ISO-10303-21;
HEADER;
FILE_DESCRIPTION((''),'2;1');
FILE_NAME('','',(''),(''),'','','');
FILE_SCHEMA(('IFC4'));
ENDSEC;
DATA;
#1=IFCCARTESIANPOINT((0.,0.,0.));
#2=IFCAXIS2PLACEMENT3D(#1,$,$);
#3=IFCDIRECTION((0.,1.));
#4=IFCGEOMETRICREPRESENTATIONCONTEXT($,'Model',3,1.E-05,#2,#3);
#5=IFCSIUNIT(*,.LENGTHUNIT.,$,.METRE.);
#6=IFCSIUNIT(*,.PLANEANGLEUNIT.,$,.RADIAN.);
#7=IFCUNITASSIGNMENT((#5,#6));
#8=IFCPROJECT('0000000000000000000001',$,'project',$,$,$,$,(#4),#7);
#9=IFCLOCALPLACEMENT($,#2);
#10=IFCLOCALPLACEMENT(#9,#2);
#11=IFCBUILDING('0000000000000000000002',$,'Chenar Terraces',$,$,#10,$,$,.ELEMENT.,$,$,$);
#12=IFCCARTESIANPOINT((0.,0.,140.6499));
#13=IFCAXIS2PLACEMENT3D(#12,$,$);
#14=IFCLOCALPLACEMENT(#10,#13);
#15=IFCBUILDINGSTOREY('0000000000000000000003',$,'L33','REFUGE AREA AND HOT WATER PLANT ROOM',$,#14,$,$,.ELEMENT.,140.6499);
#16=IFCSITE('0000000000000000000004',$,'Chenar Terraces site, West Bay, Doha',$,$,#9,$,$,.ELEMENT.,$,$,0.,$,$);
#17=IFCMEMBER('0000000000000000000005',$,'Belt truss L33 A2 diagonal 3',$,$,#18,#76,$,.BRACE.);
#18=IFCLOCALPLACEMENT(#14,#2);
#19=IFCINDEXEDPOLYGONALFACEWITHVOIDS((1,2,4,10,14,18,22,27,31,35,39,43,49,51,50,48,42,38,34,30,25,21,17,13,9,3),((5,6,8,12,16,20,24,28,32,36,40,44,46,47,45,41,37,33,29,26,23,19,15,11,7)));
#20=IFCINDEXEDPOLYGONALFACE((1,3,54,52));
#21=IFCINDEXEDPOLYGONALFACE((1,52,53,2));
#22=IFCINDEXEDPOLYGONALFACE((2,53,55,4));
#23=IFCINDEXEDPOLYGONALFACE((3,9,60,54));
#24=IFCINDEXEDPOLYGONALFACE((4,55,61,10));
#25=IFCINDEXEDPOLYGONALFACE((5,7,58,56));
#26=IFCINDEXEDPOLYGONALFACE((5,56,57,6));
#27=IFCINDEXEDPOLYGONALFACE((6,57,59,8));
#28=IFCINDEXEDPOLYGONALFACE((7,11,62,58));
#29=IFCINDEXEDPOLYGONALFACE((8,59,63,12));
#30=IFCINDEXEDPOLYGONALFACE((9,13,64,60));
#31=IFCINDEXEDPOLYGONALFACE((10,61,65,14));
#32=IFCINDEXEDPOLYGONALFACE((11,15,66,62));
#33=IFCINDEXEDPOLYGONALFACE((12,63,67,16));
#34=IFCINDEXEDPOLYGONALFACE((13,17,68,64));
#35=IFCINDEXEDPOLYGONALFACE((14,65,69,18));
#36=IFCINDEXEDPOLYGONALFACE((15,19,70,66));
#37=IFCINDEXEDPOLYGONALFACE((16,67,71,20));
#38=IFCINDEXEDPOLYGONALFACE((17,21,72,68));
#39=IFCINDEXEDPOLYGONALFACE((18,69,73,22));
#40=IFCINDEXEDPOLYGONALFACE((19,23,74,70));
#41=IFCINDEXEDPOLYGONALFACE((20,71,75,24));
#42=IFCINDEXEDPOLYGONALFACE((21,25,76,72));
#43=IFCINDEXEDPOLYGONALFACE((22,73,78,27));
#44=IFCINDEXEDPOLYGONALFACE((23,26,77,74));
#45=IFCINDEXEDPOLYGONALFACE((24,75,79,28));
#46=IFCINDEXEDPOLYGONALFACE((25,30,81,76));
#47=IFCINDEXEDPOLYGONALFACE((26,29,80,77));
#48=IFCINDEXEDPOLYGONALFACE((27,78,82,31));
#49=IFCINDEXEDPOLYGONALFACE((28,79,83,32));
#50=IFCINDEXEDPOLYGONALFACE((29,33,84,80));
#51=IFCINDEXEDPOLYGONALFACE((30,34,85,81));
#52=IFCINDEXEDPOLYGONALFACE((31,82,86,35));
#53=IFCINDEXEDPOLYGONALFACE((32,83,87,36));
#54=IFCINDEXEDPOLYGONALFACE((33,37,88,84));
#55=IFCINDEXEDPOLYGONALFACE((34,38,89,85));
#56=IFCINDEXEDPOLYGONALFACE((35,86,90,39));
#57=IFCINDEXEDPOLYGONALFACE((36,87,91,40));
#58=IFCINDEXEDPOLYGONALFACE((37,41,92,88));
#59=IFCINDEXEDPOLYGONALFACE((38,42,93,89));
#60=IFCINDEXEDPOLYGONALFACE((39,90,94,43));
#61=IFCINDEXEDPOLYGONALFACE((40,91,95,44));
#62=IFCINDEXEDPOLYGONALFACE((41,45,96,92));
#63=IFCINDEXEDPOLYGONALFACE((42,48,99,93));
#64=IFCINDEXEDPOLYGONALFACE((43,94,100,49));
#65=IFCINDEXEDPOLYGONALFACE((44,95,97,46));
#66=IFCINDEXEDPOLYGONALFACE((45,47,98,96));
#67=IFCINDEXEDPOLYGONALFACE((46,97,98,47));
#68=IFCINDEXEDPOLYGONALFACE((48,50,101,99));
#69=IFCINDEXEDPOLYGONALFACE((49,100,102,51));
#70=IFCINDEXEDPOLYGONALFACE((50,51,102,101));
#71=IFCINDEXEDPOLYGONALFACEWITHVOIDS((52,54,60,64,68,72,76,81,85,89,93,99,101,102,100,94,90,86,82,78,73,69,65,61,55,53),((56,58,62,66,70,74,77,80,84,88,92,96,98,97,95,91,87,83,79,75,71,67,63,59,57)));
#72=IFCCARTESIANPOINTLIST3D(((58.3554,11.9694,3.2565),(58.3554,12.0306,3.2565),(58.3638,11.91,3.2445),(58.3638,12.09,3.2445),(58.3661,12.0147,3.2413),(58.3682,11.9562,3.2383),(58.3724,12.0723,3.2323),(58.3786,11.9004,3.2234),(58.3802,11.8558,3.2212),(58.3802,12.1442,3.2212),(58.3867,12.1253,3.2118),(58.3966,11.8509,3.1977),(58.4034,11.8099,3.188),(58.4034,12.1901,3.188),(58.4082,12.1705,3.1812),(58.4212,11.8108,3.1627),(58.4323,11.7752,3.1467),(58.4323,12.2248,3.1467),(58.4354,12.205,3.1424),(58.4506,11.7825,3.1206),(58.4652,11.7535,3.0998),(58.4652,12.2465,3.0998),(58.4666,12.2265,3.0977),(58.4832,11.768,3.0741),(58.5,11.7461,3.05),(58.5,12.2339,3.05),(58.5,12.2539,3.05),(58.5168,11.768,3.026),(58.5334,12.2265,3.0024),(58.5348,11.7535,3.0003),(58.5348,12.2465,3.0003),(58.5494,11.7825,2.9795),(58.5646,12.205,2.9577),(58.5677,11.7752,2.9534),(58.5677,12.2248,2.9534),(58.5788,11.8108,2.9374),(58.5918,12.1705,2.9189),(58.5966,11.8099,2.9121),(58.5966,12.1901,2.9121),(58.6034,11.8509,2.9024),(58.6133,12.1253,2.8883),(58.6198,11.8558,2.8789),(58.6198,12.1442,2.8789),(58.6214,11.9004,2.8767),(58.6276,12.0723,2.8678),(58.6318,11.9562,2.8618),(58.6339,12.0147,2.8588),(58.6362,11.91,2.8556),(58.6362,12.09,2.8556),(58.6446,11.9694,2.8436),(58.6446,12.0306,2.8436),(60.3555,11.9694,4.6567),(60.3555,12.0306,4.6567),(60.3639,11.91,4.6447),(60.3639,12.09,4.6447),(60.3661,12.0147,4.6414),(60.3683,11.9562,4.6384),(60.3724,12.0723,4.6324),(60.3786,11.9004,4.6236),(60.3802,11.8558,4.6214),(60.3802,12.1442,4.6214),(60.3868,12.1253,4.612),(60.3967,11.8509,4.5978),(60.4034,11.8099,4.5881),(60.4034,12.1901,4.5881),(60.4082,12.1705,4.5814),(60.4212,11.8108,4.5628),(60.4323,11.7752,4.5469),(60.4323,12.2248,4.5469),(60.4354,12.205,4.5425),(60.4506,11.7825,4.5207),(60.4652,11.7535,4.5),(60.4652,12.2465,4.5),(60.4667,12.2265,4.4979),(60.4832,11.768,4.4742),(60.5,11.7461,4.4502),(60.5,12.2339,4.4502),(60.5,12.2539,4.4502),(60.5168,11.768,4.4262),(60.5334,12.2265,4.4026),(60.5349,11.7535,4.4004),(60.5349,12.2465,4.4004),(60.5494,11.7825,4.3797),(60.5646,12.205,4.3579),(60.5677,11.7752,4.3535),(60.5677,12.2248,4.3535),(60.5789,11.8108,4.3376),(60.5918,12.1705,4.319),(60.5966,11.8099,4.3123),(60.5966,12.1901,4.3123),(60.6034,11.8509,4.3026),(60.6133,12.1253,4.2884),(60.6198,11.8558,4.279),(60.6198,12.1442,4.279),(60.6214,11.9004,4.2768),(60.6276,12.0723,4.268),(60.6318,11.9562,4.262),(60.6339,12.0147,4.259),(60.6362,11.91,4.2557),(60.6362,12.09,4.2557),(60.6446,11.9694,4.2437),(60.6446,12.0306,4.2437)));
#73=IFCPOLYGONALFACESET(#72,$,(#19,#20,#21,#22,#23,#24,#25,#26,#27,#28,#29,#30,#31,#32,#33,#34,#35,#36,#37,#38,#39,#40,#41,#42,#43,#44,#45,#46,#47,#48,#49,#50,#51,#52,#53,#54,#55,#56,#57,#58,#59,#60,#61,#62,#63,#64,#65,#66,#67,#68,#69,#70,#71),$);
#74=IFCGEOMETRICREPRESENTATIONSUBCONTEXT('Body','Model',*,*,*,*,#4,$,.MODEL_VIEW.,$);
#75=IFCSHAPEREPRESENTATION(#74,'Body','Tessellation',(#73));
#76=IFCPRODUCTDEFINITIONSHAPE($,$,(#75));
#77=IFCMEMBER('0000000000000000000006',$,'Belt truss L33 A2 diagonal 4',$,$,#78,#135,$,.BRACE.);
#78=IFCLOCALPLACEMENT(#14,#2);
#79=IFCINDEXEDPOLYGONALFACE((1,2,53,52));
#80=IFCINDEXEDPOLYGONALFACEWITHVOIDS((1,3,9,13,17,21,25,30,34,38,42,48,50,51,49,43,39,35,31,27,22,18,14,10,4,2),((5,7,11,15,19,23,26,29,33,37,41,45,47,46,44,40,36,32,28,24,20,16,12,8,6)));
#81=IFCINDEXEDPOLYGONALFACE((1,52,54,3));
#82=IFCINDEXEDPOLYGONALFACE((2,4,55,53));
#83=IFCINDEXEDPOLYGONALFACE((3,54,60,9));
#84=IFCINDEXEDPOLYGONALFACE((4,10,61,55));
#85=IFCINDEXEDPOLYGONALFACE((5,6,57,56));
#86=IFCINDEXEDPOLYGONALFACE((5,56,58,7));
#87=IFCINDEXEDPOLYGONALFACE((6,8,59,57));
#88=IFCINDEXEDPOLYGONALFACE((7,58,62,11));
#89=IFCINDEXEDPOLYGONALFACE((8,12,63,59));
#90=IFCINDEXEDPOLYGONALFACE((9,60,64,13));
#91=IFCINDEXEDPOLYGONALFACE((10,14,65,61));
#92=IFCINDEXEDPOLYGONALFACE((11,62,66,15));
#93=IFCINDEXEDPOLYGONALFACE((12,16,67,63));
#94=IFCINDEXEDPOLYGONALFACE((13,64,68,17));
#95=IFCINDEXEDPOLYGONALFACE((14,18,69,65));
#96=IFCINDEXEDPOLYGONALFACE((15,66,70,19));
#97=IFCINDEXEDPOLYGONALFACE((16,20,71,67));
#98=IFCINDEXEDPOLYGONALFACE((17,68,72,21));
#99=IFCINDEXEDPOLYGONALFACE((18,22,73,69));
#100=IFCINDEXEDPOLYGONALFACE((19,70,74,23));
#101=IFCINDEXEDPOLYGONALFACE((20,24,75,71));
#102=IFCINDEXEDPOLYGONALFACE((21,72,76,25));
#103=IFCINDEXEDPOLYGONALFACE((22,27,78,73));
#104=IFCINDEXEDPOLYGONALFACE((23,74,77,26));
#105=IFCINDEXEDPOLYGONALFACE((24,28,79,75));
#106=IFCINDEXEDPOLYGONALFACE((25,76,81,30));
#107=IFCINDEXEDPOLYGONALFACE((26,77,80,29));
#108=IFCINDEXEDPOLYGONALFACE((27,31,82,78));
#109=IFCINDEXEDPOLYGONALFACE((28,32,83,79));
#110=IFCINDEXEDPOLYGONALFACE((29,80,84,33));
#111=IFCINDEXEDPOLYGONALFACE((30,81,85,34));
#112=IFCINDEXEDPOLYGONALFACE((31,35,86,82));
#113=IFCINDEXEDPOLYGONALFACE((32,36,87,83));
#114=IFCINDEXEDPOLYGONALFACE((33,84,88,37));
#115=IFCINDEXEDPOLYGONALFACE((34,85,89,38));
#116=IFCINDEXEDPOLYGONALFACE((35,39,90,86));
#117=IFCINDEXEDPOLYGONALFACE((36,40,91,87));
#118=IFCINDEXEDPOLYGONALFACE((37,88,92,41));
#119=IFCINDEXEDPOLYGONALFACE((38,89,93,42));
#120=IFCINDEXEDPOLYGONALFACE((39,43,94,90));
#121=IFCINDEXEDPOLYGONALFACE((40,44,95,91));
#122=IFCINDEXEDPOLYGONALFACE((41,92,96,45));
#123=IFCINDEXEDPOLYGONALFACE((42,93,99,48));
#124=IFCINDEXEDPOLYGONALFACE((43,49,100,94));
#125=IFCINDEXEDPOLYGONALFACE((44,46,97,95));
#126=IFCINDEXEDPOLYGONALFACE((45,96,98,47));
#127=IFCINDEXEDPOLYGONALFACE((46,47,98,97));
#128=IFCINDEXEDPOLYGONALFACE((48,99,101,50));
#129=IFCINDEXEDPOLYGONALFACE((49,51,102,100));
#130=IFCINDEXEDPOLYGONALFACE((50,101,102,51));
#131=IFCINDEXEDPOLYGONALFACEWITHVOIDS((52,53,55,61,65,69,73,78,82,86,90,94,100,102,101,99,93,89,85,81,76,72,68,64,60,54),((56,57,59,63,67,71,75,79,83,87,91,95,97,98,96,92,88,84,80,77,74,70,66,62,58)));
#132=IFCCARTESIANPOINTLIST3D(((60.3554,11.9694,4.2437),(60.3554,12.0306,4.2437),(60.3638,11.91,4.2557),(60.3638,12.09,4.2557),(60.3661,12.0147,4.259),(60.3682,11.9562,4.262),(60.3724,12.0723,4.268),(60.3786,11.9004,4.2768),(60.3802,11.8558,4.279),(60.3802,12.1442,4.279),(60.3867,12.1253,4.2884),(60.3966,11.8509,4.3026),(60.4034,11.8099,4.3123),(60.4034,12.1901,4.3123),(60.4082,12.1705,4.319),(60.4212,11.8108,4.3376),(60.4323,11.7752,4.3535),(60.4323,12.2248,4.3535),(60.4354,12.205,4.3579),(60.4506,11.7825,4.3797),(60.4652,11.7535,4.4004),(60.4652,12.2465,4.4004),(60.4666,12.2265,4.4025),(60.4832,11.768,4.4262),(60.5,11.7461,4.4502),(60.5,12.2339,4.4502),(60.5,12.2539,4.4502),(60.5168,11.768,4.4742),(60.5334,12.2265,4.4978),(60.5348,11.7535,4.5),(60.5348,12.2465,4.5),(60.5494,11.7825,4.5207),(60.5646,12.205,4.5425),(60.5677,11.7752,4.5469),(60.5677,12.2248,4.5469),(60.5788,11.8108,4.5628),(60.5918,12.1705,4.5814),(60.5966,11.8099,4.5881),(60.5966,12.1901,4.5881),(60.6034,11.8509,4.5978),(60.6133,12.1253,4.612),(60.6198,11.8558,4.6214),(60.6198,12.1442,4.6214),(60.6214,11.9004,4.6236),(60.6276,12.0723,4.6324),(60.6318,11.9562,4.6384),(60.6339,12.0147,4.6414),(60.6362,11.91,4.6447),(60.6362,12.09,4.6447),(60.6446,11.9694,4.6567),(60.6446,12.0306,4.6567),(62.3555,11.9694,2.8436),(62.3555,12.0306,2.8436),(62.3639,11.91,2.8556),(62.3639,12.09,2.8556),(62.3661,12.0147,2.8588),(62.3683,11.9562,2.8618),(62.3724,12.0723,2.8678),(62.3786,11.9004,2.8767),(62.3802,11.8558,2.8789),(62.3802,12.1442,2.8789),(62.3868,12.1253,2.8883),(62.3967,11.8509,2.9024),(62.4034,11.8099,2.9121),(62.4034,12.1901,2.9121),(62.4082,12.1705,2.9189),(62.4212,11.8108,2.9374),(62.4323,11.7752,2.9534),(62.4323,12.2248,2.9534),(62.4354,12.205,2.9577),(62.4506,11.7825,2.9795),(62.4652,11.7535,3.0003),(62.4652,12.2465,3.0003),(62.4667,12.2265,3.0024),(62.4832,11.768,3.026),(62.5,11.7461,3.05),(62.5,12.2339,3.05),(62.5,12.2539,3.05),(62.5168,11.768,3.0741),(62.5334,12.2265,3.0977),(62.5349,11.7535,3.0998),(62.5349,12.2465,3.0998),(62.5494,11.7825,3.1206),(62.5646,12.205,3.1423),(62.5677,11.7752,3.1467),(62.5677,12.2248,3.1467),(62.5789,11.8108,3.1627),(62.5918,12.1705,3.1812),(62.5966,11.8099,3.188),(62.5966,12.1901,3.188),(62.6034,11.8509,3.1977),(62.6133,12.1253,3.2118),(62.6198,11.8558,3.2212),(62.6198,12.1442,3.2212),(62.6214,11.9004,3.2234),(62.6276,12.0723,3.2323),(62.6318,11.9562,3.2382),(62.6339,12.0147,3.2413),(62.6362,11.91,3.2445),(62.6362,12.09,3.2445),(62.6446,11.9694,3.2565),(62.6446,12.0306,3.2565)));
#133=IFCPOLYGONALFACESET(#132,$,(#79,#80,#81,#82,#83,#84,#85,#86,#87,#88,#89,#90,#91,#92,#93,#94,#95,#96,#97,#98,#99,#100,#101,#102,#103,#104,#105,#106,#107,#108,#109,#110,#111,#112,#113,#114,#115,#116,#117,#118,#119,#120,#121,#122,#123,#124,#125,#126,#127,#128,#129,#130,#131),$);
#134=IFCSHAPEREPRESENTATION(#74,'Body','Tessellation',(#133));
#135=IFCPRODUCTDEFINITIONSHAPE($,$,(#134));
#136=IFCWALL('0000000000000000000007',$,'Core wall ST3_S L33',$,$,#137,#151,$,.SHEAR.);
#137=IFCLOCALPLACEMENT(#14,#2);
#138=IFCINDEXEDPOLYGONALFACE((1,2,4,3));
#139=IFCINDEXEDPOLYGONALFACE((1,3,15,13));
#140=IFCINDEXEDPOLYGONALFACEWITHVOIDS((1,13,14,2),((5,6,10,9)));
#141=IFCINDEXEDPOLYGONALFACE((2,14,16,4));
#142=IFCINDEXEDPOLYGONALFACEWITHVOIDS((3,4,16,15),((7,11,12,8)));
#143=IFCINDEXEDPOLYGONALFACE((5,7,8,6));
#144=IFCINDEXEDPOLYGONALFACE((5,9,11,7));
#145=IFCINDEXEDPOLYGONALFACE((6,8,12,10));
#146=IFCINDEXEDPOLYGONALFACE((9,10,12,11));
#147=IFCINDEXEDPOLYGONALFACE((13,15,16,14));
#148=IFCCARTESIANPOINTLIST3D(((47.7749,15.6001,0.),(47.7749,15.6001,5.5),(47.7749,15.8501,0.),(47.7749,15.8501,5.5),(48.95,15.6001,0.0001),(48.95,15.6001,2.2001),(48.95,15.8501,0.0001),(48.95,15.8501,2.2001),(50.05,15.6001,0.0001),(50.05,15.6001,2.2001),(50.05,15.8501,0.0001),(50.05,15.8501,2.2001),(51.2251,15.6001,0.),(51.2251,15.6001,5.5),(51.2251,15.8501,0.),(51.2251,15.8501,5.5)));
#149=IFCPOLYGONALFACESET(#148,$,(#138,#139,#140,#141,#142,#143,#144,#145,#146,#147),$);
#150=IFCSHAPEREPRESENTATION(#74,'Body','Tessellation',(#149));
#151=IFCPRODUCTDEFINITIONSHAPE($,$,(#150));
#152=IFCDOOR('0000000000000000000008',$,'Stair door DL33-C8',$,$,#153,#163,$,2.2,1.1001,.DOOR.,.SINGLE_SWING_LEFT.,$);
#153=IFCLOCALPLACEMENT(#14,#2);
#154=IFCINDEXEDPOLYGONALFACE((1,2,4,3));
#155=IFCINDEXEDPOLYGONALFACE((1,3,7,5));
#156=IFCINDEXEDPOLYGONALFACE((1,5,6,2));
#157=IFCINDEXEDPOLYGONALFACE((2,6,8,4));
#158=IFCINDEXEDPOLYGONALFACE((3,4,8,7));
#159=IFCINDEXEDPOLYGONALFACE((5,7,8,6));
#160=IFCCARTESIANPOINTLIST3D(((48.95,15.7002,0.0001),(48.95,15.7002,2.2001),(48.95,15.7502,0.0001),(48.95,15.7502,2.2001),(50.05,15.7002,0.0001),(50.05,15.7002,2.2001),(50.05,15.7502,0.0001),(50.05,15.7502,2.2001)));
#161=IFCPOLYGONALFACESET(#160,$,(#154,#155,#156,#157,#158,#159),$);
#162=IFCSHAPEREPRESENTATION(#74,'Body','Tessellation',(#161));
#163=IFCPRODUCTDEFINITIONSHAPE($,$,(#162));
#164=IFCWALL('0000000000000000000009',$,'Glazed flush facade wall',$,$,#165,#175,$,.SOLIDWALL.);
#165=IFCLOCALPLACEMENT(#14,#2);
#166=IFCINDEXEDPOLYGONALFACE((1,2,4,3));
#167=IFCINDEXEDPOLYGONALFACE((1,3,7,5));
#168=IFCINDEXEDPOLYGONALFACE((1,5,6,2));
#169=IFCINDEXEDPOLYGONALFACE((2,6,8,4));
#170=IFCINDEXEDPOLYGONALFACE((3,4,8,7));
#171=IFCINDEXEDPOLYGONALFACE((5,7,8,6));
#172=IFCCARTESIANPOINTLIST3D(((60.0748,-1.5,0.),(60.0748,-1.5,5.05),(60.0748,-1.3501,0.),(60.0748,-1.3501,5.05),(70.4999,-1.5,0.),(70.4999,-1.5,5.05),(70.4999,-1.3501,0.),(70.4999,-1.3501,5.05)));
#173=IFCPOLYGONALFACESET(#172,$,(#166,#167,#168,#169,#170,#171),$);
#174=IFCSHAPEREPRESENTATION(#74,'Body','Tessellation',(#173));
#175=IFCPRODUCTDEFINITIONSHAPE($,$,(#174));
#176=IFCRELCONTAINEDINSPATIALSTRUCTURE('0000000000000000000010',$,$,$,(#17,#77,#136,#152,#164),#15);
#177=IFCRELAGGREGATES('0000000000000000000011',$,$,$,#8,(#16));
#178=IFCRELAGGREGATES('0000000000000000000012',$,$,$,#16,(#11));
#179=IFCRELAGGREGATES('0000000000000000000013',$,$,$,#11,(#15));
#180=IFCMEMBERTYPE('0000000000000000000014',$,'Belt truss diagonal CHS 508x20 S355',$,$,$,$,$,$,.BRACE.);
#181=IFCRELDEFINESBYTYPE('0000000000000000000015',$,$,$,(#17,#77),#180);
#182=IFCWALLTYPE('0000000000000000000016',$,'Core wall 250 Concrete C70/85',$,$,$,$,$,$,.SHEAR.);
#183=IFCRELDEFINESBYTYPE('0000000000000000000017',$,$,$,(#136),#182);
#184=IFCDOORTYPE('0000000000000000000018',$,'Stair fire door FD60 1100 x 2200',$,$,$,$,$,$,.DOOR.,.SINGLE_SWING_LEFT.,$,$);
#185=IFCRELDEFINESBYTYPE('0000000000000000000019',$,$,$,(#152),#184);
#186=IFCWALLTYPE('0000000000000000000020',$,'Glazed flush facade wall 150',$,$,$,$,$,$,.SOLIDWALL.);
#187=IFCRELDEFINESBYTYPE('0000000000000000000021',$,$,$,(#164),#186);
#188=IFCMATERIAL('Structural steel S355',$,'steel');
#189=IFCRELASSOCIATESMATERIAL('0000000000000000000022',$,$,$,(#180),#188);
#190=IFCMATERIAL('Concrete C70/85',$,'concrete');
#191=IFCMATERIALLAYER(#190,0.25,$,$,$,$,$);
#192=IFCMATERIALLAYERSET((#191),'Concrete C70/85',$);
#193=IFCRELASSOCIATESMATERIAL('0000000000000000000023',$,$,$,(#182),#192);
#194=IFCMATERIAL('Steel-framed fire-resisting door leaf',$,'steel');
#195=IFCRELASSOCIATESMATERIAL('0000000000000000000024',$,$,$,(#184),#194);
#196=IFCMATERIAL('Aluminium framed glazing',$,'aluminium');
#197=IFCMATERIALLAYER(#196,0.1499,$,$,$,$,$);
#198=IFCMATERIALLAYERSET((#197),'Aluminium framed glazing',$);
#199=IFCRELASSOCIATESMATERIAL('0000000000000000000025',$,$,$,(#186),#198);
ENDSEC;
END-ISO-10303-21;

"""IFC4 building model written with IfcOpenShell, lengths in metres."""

from ifc_helpers import new_model, si_unit, direction, frame, frame_2d, origin, origin_2d, place, context, subcontext, project, spatial, rectangle, hollow_circle, extrude, material, layer, layer_set, material_profile, profile_set, type_object, element, fill, save


model = new_model("IFC4")

# Units and contexts
model_context = context("Model", 3, precision=1e-05, world=origin(), true_north=direction((0.0, 1.0)))
body_context = subcontext(model_context, "Body", "Model", "MODEL_VIEW")
ifc_project = project(units=[si_unit("LENGTHUNIT", "METRE"), si_unit("PLANEANGLEUNIT", "RADIAN")], contexts=[model_context])

# Site, building, storey
site_placement = place(None, origin())
site = spatial("IfcSite", under=ifc_project, at=site_placement, Name="Chenar Terraces site, West Bay, Doha", CompositionType="ELEMENT", RefElevation=0.0)
building_placement = place(site_placement, origin())
building = spatial("IfcBuilding", under=site, at=building_placement, Name="Chenar Terraces", CompositionType="ELEMENT")
storey_placement = place(building_placement, frame((0.0, 0.0, 140.6499)))
storey = spatial("IfcBuildingStorey", under=building, at=storey_placement, Name="L33", Description="REFUGE AREA AND HOT WATER PLANT ROOM", CompositionType="ELEMENT", Elevation=140.6499)

# Members
ifc_material_1 = material(Name="Structural steel S355", Category="steel")
ifc_material_profile_1 = material_profile(ifc_material_1, hollow_circle(Radius=0.2539, WallThickness=0.02, at=origin_2d()), Name="CHS 508x20")
ifc_profile_set_1 = profile_set([ifc_material_profile_1], Name="Structural steel S355")
member_type = type_object("IfcMemberType", Name="Belt truss diagonal CHS 508x20 S355", PredefinedType="BRACE", material=ifc_profile_set_1)
for number, where, z_axis, x_axis, name in (
    (1, (58.5, 12.0, 3.05), (0.819204, 0.0, 0.573503), (0.0, 1.0, 0.0), "Belt truss L33 A2 diagonal 3"),
    (2, (60.5, 12.0, 4.4502), (0.819204, 0.0, -0.573503), (0.0, 1.0, 0.0), "Belt truss L33 A2 diagonal 4"),
):
    element("IfcMember", number, at=place(storey_placement, frame(where, z_axis=z_axis, x_axis=x_axis)), inside=storey, type_object=member_type, Name=name, PredefinedType="BRACE", context=body_context, shape_type="SweptSolid", body=[
        extrude(hollow_circle(Radius=0.2539, WallThickness=0.02, at=origin_2d()), origin(), (0.0, 0.0, 1.0), 2.4414),
    ])

# Wall, opening, door
ifc_material_2 = material(Name="Concrete C70/85", Category="concrete")
ifc_layer_1 = layer(ifc_material_2, 0.25)
ifc_layer_set_1 = layer_set([ifc_layer_1], Name="Concrete C70/85")
wall_type_1 = type_object("IfcWallType", Name="Core wall 250 Concrete C70/85", PredefinedType="SHEAR", material=ifc_layer_set_1)
wall_1_placement = place(storey_placement, frame((47.7749, 15.7251, 0.0), z_axis=(0.0, 0.0, 1.0), x_axis=(1.0, 0.0, 0.0)))
wall_1 = element("IfcWall", 3, at=wall_1_placement, inside=storey, type_object=wall_type_1, Name="Core wall ST3_S L33", PredefinedType="SHEAR", context=body_context, shape_type="SweptSolid", body=[
    extrude(rectangle(XDim=3.4502, YDim=0.25, at=frame_2d((1.7251, 0.0))), origin(), (0.0, 0.0, 1.0), 5.5),
])
opening_1_placement = place(wall_1_placement, frame((1.175, 0.0, 0.0)))
opening_1 = element("IfcOpeningElement", 4, at=opening_1_placement, cuts=wall_1, PredefinedType="OPENING", context=body_context, shape_type="SweptSolid", body=[
    extrude(rectangle(XDim=1.1001, YDim=2.2, at=frame_2d((0.55, 1.1001))), frame((0.0, 0.135, 0.0), z_axis=(0.0, -1.0, 0.0), x_axis=(1.0, 0.0, 0.0)), (0.0, 0.0, 1.0), 0.27),
])
ifc_material_3 = material(Name="Steel-framed fire-resisting door leaf", Category="steel")
door_type_1 = type_object("IfcDoorType", Name="Stair fire door FD60 1100 x 2200", OperationType="SINGLE_SWING_LEFT", PredefinedType="DOOR", material=ifc_material_3)
door_1_placement = place(opening_1_placement, frame((1.1001, 0.0, 0.0), z_axis=(0.0, 0.0, 1.0), x_axis=(-1.0, 0.0, 0.0)))
door_1 = element("IfcDoor", 5, at=door_1_placement, inside=storey, type_object=door_type_1, Name="Stair door DL33-C8", OperationType="SINGLE_SWING_LEFT", OverallHeight=2.2, OverallWidth=1.1001, PredefinedType="DOOR", context=body_context, shape_type="SweptSolid", body=[
    extrude(rectangle(XDim=1.1001, YDim=2.2, at=frame_2d((0.55, 1.1001))), frame((0.0, 0.0249, 0.0), z_axis=(0.0, -1.0, 0.0), x_axis=(1.0, 0.0, 0.0)), (0.0, 0.0, 1.0), 0.05),
])
fill(opening_1, door_1)

# Wall
ifc_material_4 = material(Name="Aluminium framed glazing", Category="aluminium")
ifc_layer_2 = layer(ifc_material_4, 0.1499)
ifc_layer_set_2 = layer_set([ifc_layer_2], Name="Aluminium framed glazing")
wall_type_2 = type_object("IfcWallType", Name="Glazed flush facade wall 150", PredefinedType="SOLIDWALL", material=ifc_layer_set_2)
wall_2_placement = place(storey_placement, frame((60.075, -1.425, 0.0), z_axis=(0.0, 0.0, 1.0), x_axis=(1.0, 0.0, 0.0)))
element("IfcWall", 6, at=wall_2_placement, inside=storey, type_object=wall_type_2, Name="Glazed flush facade wall", PredefinedType="SOLIDWALL", context=body_context, shape_type="SweptSolid", body=[
    extrude(rectangle(XDim=10.425, YDim=0.1499, at=frame_2d((5.2124, 0.0))), origin(), (0.0, 0.0, 1.0), 5.05),
])

save(model, "model.ifc")
